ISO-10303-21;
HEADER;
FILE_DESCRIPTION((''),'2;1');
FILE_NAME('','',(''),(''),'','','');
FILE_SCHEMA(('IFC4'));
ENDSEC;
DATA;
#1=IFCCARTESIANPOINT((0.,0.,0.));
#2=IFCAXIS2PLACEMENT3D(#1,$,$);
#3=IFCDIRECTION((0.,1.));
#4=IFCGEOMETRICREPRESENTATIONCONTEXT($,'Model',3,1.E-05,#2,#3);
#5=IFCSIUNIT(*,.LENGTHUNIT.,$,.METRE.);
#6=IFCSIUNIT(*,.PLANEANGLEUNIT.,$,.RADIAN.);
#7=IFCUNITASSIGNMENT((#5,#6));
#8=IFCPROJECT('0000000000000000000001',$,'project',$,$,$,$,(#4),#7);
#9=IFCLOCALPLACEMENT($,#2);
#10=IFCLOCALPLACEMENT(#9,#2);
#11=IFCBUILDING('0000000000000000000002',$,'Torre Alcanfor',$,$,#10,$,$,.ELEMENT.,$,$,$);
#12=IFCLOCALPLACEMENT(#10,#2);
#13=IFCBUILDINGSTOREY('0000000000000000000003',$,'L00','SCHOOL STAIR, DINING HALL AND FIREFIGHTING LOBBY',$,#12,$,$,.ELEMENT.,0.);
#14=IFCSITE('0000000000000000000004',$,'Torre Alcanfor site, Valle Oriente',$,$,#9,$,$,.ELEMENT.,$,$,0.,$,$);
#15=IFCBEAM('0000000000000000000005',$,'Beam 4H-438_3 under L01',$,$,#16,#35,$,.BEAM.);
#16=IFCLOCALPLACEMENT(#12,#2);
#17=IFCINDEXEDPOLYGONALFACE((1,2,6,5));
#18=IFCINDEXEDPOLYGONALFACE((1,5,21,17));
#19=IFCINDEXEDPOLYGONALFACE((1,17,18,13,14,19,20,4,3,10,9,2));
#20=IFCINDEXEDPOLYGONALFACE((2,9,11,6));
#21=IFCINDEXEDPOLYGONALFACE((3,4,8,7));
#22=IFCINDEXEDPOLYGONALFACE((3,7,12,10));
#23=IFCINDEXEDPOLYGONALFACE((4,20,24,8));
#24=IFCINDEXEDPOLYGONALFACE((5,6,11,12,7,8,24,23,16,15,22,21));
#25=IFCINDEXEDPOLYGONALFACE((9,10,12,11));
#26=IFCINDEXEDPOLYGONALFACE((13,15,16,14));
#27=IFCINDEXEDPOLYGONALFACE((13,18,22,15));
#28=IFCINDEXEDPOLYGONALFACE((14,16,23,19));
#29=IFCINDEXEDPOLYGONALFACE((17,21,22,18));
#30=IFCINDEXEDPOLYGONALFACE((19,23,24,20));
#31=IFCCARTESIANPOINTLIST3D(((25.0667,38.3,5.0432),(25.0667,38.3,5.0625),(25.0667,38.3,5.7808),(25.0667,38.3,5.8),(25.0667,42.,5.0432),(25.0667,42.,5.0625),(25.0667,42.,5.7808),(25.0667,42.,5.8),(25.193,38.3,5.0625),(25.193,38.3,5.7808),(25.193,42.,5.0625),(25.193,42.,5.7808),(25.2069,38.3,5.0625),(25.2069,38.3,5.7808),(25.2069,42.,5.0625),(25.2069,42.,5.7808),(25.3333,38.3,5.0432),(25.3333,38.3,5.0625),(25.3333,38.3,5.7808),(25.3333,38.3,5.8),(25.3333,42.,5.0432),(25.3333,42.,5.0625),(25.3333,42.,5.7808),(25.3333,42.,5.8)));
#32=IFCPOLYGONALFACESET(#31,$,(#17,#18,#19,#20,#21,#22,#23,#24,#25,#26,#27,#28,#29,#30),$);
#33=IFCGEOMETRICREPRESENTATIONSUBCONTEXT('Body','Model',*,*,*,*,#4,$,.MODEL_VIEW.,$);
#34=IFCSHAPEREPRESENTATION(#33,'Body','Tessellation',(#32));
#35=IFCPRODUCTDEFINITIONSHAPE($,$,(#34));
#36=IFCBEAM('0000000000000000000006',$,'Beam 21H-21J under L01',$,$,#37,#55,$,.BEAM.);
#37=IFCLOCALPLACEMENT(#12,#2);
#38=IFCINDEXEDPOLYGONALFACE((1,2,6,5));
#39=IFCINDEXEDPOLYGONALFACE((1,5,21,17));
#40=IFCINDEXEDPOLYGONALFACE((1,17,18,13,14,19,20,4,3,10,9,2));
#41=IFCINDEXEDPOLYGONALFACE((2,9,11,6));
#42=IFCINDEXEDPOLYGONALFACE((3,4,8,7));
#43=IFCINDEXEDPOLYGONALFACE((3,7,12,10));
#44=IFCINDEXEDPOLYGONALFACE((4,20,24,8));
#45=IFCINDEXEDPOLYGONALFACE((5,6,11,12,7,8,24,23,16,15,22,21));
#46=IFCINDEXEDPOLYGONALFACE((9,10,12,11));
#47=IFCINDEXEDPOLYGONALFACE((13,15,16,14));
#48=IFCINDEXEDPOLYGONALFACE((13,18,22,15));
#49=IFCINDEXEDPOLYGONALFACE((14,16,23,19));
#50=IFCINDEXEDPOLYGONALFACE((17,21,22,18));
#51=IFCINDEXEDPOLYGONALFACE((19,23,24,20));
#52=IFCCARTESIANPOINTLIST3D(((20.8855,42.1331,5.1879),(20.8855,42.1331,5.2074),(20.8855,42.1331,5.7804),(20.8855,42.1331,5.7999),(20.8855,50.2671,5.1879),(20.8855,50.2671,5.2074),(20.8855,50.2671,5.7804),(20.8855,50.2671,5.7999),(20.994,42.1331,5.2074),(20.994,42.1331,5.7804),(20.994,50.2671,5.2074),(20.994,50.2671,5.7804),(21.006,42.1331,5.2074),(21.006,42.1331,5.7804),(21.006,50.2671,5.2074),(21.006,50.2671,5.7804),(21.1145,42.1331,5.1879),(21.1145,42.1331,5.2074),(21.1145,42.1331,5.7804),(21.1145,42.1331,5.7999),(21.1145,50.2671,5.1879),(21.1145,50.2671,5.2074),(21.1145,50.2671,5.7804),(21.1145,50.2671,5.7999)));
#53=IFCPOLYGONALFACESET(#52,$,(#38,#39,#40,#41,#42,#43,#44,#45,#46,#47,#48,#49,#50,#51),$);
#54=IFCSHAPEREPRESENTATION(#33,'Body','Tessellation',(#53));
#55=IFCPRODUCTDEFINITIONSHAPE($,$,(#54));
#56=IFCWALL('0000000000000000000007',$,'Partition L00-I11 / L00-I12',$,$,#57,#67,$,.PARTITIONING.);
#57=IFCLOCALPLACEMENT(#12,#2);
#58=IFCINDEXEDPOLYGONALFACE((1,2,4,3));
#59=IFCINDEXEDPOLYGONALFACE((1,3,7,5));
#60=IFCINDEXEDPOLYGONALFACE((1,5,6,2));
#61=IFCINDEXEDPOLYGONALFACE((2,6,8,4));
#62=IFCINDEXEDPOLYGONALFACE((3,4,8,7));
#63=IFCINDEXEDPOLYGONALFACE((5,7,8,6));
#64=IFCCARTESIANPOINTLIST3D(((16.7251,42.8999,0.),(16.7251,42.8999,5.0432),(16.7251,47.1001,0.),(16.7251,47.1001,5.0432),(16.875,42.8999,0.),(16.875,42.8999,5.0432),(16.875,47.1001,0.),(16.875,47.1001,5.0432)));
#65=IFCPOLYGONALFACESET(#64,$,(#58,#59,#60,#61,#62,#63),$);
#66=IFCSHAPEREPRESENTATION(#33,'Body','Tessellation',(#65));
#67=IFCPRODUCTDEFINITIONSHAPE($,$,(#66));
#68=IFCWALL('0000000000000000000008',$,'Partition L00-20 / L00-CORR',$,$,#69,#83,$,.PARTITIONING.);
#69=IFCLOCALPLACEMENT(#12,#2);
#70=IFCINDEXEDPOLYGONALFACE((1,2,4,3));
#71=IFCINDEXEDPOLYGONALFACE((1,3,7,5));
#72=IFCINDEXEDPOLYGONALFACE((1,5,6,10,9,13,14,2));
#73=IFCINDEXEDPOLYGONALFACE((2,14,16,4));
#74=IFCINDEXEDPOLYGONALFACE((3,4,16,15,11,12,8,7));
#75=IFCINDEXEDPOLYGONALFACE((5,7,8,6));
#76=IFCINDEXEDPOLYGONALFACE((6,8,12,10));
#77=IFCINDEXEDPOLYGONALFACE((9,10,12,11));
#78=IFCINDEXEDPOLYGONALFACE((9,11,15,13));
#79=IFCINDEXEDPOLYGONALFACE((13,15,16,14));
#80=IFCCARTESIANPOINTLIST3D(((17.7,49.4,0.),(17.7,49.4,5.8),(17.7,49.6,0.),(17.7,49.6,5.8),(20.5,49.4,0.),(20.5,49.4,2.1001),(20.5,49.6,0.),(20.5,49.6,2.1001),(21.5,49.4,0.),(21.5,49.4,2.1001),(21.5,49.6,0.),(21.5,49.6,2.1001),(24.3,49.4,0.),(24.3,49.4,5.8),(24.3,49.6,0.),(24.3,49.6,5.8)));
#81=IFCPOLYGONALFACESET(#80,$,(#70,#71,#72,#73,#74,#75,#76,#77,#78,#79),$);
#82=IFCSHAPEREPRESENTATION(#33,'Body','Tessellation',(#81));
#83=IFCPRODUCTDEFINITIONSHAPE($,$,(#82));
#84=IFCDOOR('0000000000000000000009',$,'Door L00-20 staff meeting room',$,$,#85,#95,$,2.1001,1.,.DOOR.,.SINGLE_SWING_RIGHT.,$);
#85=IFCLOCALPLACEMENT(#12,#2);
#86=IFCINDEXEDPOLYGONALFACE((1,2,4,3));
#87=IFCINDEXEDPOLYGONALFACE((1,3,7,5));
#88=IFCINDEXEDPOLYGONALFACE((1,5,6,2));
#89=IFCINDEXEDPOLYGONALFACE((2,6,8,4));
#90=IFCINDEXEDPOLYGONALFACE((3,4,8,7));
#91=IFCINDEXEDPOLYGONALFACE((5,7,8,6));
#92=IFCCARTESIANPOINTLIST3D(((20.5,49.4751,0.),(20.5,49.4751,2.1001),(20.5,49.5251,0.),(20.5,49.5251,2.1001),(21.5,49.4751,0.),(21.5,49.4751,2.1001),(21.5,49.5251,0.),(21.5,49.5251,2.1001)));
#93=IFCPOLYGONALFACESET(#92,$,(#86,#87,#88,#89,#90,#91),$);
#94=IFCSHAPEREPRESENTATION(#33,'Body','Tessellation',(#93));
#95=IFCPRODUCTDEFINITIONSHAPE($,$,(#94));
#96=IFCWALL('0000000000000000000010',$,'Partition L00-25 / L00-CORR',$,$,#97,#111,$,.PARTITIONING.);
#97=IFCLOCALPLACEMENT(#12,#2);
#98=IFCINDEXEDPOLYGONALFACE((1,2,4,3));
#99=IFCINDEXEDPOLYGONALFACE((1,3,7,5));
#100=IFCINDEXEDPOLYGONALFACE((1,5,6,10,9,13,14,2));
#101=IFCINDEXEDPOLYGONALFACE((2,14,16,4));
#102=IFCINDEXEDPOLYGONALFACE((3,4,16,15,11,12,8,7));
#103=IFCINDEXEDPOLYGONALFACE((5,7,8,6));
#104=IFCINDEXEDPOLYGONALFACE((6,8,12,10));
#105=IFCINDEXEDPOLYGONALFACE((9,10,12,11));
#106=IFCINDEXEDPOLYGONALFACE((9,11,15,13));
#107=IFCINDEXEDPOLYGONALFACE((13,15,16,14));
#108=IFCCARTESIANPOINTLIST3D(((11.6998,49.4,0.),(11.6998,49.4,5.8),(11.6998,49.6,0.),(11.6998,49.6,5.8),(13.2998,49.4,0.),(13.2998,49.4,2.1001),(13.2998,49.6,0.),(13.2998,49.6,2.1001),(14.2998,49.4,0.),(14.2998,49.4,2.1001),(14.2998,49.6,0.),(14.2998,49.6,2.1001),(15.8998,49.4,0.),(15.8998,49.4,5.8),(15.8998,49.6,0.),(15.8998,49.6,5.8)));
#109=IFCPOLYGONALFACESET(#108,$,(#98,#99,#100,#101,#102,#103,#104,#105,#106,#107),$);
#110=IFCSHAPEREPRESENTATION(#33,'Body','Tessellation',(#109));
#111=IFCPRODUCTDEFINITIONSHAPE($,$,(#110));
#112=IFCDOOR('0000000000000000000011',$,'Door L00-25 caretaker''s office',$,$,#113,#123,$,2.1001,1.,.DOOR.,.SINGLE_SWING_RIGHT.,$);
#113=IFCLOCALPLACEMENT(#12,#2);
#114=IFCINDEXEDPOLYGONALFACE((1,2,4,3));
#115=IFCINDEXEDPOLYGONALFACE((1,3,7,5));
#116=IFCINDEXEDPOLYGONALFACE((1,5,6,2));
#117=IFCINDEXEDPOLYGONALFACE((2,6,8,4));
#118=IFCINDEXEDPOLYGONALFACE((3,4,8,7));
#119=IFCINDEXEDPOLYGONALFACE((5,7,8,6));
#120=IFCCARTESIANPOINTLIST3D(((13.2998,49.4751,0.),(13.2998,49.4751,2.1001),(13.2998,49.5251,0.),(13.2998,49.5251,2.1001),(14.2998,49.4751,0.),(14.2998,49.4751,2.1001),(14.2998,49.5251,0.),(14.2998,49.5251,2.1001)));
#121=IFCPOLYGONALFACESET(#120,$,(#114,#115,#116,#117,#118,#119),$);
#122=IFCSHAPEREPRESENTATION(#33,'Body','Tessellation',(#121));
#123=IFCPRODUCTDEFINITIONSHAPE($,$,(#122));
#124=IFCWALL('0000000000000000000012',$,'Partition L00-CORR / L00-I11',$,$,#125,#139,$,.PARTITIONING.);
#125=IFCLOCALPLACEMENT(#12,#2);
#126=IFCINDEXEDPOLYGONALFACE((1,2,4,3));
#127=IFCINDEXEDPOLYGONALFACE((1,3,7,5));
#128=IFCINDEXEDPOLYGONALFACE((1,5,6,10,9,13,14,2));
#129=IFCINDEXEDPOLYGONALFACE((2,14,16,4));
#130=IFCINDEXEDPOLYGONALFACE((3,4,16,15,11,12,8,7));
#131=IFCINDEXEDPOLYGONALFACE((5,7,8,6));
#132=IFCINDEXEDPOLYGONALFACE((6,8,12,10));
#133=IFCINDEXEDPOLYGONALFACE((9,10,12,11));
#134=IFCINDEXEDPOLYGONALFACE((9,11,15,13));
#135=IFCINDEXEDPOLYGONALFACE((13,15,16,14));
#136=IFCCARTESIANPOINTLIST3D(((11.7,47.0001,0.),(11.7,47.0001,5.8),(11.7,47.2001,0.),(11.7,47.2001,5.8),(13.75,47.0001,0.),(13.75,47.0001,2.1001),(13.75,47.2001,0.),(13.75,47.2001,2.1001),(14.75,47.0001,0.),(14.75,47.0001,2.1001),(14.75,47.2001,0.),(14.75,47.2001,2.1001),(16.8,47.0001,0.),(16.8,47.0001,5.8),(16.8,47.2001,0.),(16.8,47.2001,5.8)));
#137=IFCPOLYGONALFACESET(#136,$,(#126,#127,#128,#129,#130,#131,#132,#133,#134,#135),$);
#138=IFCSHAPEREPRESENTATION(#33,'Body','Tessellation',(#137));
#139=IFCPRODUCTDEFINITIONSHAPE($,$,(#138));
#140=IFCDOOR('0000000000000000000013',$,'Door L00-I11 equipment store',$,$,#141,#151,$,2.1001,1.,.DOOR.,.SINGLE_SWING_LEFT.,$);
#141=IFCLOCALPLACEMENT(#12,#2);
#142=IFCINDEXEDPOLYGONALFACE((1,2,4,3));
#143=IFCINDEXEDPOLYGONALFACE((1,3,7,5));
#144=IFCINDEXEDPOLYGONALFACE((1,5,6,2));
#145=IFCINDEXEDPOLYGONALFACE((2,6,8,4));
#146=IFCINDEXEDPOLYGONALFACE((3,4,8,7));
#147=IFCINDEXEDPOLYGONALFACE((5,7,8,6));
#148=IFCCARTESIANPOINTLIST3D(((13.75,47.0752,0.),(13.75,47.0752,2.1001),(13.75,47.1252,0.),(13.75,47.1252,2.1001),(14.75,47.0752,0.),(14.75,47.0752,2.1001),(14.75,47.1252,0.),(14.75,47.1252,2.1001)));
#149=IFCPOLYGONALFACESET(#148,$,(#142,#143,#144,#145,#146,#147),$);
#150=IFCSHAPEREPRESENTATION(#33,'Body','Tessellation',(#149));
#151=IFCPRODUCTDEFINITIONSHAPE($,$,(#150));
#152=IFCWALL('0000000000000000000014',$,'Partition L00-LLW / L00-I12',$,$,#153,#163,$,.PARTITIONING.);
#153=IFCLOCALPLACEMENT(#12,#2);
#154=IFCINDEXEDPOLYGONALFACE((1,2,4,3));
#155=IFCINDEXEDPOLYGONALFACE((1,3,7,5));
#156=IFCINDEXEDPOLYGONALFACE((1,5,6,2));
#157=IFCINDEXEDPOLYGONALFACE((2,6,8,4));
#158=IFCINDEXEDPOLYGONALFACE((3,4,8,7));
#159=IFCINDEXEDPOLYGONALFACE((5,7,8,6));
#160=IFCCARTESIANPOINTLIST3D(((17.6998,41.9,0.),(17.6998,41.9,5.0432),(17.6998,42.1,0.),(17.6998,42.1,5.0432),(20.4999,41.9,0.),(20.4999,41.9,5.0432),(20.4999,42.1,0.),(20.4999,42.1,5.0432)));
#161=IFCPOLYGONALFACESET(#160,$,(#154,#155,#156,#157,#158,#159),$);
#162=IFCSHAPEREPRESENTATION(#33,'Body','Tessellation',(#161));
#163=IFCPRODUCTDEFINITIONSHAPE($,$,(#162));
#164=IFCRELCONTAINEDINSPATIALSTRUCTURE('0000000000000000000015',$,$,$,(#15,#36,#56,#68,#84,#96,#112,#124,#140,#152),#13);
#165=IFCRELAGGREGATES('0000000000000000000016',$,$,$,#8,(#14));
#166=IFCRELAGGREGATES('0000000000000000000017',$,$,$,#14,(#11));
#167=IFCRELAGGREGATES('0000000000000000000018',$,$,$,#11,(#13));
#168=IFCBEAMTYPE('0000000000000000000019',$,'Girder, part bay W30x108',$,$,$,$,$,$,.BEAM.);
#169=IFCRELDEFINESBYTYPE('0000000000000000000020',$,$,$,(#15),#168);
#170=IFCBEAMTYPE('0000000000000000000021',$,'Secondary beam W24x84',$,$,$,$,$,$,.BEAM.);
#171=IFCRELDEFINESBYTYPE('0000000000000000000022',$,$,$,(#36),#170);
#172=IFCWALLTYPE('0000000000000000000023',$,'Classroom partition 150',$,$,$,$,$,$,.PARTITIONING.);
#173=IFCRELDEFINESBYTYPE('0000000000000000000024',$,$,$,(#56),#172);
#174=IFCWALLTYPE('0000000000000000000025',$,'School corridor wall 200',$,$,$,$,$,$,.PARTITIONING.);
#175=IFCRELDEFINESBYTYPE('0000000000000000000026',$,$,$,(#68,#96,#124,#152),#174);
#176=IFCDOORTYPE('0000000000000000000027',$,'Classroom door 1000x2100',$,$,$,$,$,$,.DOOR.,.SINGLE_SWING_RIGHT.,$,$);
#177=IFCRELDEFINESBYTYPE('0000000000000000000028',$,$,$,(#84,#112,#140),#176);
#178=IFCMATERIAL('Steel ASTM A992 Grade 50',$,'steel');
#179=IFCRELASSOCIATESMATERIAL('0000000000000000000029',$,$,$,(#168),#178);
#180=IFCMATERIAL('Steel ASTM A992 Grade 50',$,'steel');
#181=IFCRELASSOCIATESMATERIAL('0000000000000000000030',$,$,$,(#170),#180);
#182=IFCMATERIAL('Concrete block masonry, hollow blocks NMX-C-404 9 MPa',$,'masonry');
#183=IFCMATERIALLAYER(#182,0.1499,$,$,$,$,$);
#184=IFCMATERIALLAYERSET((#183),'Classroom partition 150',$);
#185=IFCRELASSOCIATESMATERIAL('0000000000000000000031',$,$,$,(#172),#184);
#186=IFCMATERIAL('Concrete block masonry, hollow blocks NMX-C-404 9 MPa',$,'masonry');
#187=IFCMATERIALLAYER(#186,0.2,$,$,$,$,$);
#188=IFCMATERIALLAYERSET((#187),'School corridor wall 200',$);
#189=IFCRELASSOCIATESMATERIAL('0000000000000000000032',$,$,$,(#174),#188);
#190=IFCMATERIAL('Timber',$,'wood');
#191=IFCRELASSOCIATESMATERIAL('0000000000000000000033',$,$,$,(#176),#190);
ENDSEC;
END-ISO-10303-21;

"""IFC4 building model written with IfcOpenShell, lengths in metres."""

from ifc_helpers import new_model, si_unit, direction, frame, frame_2d, origin, origin_2d, place, context, subcontext, project, spatial, rectangle, i_section, extrude, material, layer, layer_set, material_profile, profile_set, type_object, element, fill, save


model = new_model("IFC4")

# Units and contexts
model_context = context("Model", 3, precision=1e-05, world=origin(), true_north=direction((0.0, 1.0)))
body_context = subcontext(model_context, "Body", "Model", "MODEL_VIEW")
ifc_project = project(units=[si_unit("LENGTHUNIT", "METRE"), si_unit("PLANEANGLEUNIT", "RADIAN")], contexts=[model_context])

# Site, building, storey
site_placement = place(None, origin())
site = spatial("IfcSite", under=ifc_project, at=site_placement, Name="Torre Alcanfor site, Valle Oriente", CompositionType="ELEMENT", RefElevation=0.0)
building_placement = place(site_placement, origin())
building = spatial("IfcBuilding", under=site, at=building_placement, Name="Torre Alcanfor", CompositionType="ELEMENT")
storey_placement = place(building_placement, origin())
storey = spatial("IfcBuildingStorey", under=building, at=storey_placement, Name="L00", Description="SCHOOL STAIR, DINING HALL AND FIREFIGHTING LOBBY", CompositionType="ELEMENT", Elevation=0.0)

# Beams
ifc_material_1 = material(Name="Steel ASTM A992 Grade 50", Category="steel")
ifc_material_profile_1 = material_profile(ifc_material_1, i_section(OverallWidth=0.2666, OverallDepth=0.7568, WebThickness=0.0139, FlangeThickness=0.0193, at=origin_2d()), Name="W30x108")
ifc_profile_set_1 = profile_set([ifc_material_profile_1], Name="Steel ASTM A992 Grade 50")
beam_type_1 = type_object("IfcBeamType", Name="Girder, part bay W30x108", PredefinedType="BEAM", material=ifc_profile_set_1)
beam_1_placement = place(storey_placement, frame((25.2, 42.0, 5.4216), z_axis=(0.0, -1.0, 0.0), x_axis=(1.0, 0.0, 0.0)))
element("IfcBeam", 1, at=beam_1_placement, inside=storey, type_object=beam_type_1, Name="Beam 4H-438_3 under L01", PredefinedType="BEAM", context=body_context, shape_type="SweptSolid", body=[
    extrude(i_section(OverallWidth=0.2666, OverallDepth=0.7568, WebThickness=0.0139, FlangeThickness=0.0193, at=origin_2d()), origin(), (0.0, 0.0, 1.0), 3.7),
])
ifc_material_2 = material(Name="Steel ASTM A992 Grade 50", Category="steel")
ifc_material_profile_2 = material_profile(ifc_material_2, i_section(OverallWidth=0.229, OverallDepth=0.6121, WebThickness=0.012, FlangeThickness=0.0195, at=origin_2d()), Name="W24x84")
ifc_profile_set_2 = profile_set([ifc_material_profile_2], Name="Steel ASTM A992 Grade 50")
beam_type_2 = type_object("IfcBeamType", Name="Secondary beam W24x84", PredefinedType="BEAM", material=ifc_profile_set_2)
beam_2_placement = place(storey_placement, frame((21.0, 42.1331, 5.4939), z_axis=(0.0, 1.0, 0.0), x_axis=(-1.0, 0.0, 0.0)))
element("IfcBeam", 2, at=beam_2_placement, inside=storey, type_object=beam_type_2, Name="Beam 21H-21J under L01", PredefinedType="BEAM", context=body_context, shape_type="SweptSolid", body=[
    extrude(i_section(OverallWidth=0.229, OverallDepth=0.6121, WebThickness=0.012, FlangeThickness=0.0195, at=origin_2d()), origin(), (0.0, 0.0, 1.0), 8.134),
])

# Wall
ifc_material_3 = material(Name="Concrete block masonry, hollow blocks NMX-C-404 9 MPa", Category="masonry")
ifc_layer_1 = layer(ifc_material_3, 0.1499)
ifc_layer_set_1 = layer_set([ifc_layer_1], Name="Classroom partition 150")
wall_type_1 = type_object("IfcWallType", Name="Classroom partition 150", PredefinedType="PARTITIONING", material=ifc_layer_set_1)
wall_1_placement = place(storey_placement, frame((16.8, 47.1001, 0.0), z_axis=(0.0, 0.0, 1.0), x_axis=(0.0, -1.0, 0.0)))
element("IfcWall", 3, at=wall_1_placement, inside=storey, type_object=wall_type_1, Name="Partition L00-I11 / L00-I12", PredefinedType="PARTITIONING", context=body_context, shape_type="SweptSolid", body=[
    extrude(rectangle(XDim=4.2002, YDim=0.1499, at=frame_2d((2.1001, 0.0))), origin(), (0.0, 0.0, 1.0), 5.0432),
])

# Walls, openings, doors
ifc_material_4 = material(Name="Concrete block masonry, hollow blocks NMX-C-404 9 MPa", Category="masonry")
ifc_layer_2 = layer(ifc_material_4, 0.2)
ifc_layer_set_2 = layer_set([ifc_layer_2], Name="School corridor wall 200")
wall_type_2 = type_object("IfcWallType", Name="School corridor wall 200", PredefinedType="PARTITIONING", material=ifc_layer_set_2)
wall_2_placement = place(storey_placement, frame((24.3, 49.5, 0.0), z_axis=(0.0, 0.0, 1.0), x_axis=(-1.0, 0.0, 0.0)))
wall_2 = element("IfcWall", 4, at=wall_2_placement, inside=storey, type_object=wall_type_2, Name="Partition L00-20 / L00-CORR", PredefinedType="PARTITIONING", context=body_context, shape_type="SweptSolid", body=[
    extrude(rectangle(XDim=6.6001, YDim=0.2, at=frame_2d((3.3, 0.0))), origin(), (0.0, 0.0, 1.0), 5.8),
])
opening_1_placement = place(wall_2_placement, frame((2.8, 0.0, 0.0)))
opening_1 = element("IfcOpeningElement", 5, at=opening_1_placement, cuts=wall_2, PredefinedType="OPENING", context=body_context, shape_type="SweptSolid", body=[
    extrude(rectangle(XDim=1.0, YDim=2.1001, at=frame_2d((0.5, 1.05))), frame((0.0, 0.1099, 0.0), z_axis=(0.0, -1.0, 0.0), x_axis=(1.0, 0.0, 0.0)), (0.0, 0.0, 1.0), 0.22),
])
ifc_material_5 = material(Name="Timber", Category="wood")
door_type = type_object("IfcDoorType", Name="Classroom door 1000x2100", OperationType="SINGLE_SWING_RIGHT", PredefinedType="DOOR", material=ifc_material_5)
door_1_placement = place(opening_1_placement, frame((1.0, 0.0, 0.0), z_axis=(0.0, 0.0, 1.0), x_axis=(-1.0, 0.0, 0.0)))
door_1 = element("IfcDoor", 6, at=door_1_placement, inside=storey, type_object=door_type, Name="Door L00-20 staff meeting room", OperationType="SINGLE_SWING_RIGHT", OverallHeight=2.1001, OverallWidth=1.0, PredefinedType="DOOR", context=body_context, shape_type="SweptSolid", body=[
    extrude(rectangle(XDim=1.0, YDim=2.1001, at=frame_2d((0.5, 1.05))), frame((0.0, 0.0251, 0.0), z_axis=(0.0, -1.0, 0.0), x_axis=(1.0, 0.0, 0.0)), (0.0, 0.0, 1.0), 0.05),
])
fill(opening_1, door_1)
wall_3_placement = place(storey_placement, frame((15.8999, 49.5, 0.0), z_axis=(0.0, 0.0, 1.0), x_axis=(-1.0, 0.0, 0.0)))
wall_3 = element("IfcWall", 7, at=wall_3_placement, inside=storey, type_object=wall_type_2, Name="Partition L00-25 / L00-CORR", PredefinedType="PARTITIONING", context=body_context, shape_type="SweptSolid", body=[
    extrude(rectangle(XDim=4.2, YDim=0.2, at=frame_2d((2.1001, 0.0))), origin(), (0.0, 0.0, 1.0), 5.8),
])
opening_2_placement = place(wall_3_placement, frame((1.6001, 0.0, 0.0)))
opening_2 = element("IfcOpeningElement", 8, at=opening_2_placement, cuts=wall_3, PredefinedType="OPENING", context=body_context, shape_type="SweptSolid", body=[
    extrude(rectangle(XDim=1.0, YDim=2.1001, at=frame_2d((0.5, 1.05))), frame((0.0, 0.1099, 0.0), z_axis=(0.0, -1.0, 0.0), x_axis=(1.0, 0.0, 0.0)), (0.0, 0.0, 1.0), 0.22),
])
door_2_placement = place(opening_2_placement, frame((1.0, 0.0, 0.0), z_axis=(0.0, 0.0, 1.0), x_axis=(-1.0, 0.0, 0.0)))
door_2 = element("IfcDoor", 9, at=door_2_placement, inside=storey, type_object=door_type, Name="Door L00-25 caretaker's office", OperationType="SINGLE_SWING_RIGHT", OverallHeight=2.1001, OverallWidth=1.0, PredefinedType="DOOR", context=body_context, shape_type="SweptSolid", body=[
    extrude(rectangle(XDim=1.0, YDim=2.1001, at=frame_2d((0.5, 1.05))), frame((0.0, 0.0251, 0.0), z_axis=(0.0, -1.0, 0.0), x_axis=(1.0, 0.0, 0.0)), (0.0, 0.0, 1.0), 0.05),
])
fill(opening_2, door_2)
wall_4_placement = place(storey_placement, frame((16.8, 47.1001, 0.0), z_axis=(0.0, 0.0, 1.0), x_axis=(-1.0, 0.0, 0.0)))
wall_4 = element("IfcWall", 10, at=wall_4_placement, inside=storey, type_object=wall_type_2, Name="Partition L00-CORR / L00-I11", PredefinedType="PARTITIONING", context=body_context, shape_type="SweptSolid", body=[
    extrude(rectangle(XDim=5.1001, YDim=0.2, at=frame_2d((2.55, 0.0))), origin(), (0.0, 0.0, 1.0), 5.8),
])
opening_3_placement = place(wall_4_placement, frame((2.05, 0.0, 0.0)))
opening_3 = element("IfcOpeningElement", 11, at=opening_3_placement, cuts=wall_4, PredefinedType="OPENING", context=body_context, shape_type="SweptSolid", body=[
    extrude(rectangle(XDim=1.0, YDim=2.1001, at=frame_2d((0.5, 1.05))), frame((0.0, 0.1099, 0.0), z_axis=(0.0, -1.0, 0.0), x_axis=(1.0, 0.0, 0.0)), (0.0, 0.0, 1.0), 0.22),
])
door_3_placement = place(opening_3_placement, origin())
door_3 = element("IfcDoor", 12, at=door_3_placement, inside=storey, type_object=door_type, Name="Door L00-I11 equipment store", OperationType="SINGLE_SWING_LEFT", OverallHeight=2.1001, OverallWidth=1.0, PredefinedType="DOOR", context=body_context, shape_type="SweptSolid", body=[
    extrude(rectangle(XDim=1.0, YDim=2.1001, at=frame_2d((0.5, 1.05))), frame((0.0, 0.0249, 0.0), z_axis=(0.0, -1.0, 0.0), x_axis=(1.0, 0.0, 0.0)), (0.0, 0.0, 1.0), 0.05),
])
fill(opening_3, door_3)

# Wall
wall_5_placement = place(storey_placement, frame((17.7, 42.0, 0.0), z_axis=(0.0, 0.0, 1.0), x_axis=(1.0, 0.0, 0.0)))
element("IfcWall", 13, at=wall_5_placement, inside=storey, type_object=wall_type_2, Name="Partition L00-LLW / L00-I12", PredefinedType="PARTITIONING", context=body_context, shape_type="SweptSolid", body=[
    extrude(rectangle(XDim=2.8, YDim=0.2, at=frame_2d((1.3999, 0.0))), origin(), (0.0, 0.0, 1.0), 5.0432),
])

save(model, "model.ifc")
